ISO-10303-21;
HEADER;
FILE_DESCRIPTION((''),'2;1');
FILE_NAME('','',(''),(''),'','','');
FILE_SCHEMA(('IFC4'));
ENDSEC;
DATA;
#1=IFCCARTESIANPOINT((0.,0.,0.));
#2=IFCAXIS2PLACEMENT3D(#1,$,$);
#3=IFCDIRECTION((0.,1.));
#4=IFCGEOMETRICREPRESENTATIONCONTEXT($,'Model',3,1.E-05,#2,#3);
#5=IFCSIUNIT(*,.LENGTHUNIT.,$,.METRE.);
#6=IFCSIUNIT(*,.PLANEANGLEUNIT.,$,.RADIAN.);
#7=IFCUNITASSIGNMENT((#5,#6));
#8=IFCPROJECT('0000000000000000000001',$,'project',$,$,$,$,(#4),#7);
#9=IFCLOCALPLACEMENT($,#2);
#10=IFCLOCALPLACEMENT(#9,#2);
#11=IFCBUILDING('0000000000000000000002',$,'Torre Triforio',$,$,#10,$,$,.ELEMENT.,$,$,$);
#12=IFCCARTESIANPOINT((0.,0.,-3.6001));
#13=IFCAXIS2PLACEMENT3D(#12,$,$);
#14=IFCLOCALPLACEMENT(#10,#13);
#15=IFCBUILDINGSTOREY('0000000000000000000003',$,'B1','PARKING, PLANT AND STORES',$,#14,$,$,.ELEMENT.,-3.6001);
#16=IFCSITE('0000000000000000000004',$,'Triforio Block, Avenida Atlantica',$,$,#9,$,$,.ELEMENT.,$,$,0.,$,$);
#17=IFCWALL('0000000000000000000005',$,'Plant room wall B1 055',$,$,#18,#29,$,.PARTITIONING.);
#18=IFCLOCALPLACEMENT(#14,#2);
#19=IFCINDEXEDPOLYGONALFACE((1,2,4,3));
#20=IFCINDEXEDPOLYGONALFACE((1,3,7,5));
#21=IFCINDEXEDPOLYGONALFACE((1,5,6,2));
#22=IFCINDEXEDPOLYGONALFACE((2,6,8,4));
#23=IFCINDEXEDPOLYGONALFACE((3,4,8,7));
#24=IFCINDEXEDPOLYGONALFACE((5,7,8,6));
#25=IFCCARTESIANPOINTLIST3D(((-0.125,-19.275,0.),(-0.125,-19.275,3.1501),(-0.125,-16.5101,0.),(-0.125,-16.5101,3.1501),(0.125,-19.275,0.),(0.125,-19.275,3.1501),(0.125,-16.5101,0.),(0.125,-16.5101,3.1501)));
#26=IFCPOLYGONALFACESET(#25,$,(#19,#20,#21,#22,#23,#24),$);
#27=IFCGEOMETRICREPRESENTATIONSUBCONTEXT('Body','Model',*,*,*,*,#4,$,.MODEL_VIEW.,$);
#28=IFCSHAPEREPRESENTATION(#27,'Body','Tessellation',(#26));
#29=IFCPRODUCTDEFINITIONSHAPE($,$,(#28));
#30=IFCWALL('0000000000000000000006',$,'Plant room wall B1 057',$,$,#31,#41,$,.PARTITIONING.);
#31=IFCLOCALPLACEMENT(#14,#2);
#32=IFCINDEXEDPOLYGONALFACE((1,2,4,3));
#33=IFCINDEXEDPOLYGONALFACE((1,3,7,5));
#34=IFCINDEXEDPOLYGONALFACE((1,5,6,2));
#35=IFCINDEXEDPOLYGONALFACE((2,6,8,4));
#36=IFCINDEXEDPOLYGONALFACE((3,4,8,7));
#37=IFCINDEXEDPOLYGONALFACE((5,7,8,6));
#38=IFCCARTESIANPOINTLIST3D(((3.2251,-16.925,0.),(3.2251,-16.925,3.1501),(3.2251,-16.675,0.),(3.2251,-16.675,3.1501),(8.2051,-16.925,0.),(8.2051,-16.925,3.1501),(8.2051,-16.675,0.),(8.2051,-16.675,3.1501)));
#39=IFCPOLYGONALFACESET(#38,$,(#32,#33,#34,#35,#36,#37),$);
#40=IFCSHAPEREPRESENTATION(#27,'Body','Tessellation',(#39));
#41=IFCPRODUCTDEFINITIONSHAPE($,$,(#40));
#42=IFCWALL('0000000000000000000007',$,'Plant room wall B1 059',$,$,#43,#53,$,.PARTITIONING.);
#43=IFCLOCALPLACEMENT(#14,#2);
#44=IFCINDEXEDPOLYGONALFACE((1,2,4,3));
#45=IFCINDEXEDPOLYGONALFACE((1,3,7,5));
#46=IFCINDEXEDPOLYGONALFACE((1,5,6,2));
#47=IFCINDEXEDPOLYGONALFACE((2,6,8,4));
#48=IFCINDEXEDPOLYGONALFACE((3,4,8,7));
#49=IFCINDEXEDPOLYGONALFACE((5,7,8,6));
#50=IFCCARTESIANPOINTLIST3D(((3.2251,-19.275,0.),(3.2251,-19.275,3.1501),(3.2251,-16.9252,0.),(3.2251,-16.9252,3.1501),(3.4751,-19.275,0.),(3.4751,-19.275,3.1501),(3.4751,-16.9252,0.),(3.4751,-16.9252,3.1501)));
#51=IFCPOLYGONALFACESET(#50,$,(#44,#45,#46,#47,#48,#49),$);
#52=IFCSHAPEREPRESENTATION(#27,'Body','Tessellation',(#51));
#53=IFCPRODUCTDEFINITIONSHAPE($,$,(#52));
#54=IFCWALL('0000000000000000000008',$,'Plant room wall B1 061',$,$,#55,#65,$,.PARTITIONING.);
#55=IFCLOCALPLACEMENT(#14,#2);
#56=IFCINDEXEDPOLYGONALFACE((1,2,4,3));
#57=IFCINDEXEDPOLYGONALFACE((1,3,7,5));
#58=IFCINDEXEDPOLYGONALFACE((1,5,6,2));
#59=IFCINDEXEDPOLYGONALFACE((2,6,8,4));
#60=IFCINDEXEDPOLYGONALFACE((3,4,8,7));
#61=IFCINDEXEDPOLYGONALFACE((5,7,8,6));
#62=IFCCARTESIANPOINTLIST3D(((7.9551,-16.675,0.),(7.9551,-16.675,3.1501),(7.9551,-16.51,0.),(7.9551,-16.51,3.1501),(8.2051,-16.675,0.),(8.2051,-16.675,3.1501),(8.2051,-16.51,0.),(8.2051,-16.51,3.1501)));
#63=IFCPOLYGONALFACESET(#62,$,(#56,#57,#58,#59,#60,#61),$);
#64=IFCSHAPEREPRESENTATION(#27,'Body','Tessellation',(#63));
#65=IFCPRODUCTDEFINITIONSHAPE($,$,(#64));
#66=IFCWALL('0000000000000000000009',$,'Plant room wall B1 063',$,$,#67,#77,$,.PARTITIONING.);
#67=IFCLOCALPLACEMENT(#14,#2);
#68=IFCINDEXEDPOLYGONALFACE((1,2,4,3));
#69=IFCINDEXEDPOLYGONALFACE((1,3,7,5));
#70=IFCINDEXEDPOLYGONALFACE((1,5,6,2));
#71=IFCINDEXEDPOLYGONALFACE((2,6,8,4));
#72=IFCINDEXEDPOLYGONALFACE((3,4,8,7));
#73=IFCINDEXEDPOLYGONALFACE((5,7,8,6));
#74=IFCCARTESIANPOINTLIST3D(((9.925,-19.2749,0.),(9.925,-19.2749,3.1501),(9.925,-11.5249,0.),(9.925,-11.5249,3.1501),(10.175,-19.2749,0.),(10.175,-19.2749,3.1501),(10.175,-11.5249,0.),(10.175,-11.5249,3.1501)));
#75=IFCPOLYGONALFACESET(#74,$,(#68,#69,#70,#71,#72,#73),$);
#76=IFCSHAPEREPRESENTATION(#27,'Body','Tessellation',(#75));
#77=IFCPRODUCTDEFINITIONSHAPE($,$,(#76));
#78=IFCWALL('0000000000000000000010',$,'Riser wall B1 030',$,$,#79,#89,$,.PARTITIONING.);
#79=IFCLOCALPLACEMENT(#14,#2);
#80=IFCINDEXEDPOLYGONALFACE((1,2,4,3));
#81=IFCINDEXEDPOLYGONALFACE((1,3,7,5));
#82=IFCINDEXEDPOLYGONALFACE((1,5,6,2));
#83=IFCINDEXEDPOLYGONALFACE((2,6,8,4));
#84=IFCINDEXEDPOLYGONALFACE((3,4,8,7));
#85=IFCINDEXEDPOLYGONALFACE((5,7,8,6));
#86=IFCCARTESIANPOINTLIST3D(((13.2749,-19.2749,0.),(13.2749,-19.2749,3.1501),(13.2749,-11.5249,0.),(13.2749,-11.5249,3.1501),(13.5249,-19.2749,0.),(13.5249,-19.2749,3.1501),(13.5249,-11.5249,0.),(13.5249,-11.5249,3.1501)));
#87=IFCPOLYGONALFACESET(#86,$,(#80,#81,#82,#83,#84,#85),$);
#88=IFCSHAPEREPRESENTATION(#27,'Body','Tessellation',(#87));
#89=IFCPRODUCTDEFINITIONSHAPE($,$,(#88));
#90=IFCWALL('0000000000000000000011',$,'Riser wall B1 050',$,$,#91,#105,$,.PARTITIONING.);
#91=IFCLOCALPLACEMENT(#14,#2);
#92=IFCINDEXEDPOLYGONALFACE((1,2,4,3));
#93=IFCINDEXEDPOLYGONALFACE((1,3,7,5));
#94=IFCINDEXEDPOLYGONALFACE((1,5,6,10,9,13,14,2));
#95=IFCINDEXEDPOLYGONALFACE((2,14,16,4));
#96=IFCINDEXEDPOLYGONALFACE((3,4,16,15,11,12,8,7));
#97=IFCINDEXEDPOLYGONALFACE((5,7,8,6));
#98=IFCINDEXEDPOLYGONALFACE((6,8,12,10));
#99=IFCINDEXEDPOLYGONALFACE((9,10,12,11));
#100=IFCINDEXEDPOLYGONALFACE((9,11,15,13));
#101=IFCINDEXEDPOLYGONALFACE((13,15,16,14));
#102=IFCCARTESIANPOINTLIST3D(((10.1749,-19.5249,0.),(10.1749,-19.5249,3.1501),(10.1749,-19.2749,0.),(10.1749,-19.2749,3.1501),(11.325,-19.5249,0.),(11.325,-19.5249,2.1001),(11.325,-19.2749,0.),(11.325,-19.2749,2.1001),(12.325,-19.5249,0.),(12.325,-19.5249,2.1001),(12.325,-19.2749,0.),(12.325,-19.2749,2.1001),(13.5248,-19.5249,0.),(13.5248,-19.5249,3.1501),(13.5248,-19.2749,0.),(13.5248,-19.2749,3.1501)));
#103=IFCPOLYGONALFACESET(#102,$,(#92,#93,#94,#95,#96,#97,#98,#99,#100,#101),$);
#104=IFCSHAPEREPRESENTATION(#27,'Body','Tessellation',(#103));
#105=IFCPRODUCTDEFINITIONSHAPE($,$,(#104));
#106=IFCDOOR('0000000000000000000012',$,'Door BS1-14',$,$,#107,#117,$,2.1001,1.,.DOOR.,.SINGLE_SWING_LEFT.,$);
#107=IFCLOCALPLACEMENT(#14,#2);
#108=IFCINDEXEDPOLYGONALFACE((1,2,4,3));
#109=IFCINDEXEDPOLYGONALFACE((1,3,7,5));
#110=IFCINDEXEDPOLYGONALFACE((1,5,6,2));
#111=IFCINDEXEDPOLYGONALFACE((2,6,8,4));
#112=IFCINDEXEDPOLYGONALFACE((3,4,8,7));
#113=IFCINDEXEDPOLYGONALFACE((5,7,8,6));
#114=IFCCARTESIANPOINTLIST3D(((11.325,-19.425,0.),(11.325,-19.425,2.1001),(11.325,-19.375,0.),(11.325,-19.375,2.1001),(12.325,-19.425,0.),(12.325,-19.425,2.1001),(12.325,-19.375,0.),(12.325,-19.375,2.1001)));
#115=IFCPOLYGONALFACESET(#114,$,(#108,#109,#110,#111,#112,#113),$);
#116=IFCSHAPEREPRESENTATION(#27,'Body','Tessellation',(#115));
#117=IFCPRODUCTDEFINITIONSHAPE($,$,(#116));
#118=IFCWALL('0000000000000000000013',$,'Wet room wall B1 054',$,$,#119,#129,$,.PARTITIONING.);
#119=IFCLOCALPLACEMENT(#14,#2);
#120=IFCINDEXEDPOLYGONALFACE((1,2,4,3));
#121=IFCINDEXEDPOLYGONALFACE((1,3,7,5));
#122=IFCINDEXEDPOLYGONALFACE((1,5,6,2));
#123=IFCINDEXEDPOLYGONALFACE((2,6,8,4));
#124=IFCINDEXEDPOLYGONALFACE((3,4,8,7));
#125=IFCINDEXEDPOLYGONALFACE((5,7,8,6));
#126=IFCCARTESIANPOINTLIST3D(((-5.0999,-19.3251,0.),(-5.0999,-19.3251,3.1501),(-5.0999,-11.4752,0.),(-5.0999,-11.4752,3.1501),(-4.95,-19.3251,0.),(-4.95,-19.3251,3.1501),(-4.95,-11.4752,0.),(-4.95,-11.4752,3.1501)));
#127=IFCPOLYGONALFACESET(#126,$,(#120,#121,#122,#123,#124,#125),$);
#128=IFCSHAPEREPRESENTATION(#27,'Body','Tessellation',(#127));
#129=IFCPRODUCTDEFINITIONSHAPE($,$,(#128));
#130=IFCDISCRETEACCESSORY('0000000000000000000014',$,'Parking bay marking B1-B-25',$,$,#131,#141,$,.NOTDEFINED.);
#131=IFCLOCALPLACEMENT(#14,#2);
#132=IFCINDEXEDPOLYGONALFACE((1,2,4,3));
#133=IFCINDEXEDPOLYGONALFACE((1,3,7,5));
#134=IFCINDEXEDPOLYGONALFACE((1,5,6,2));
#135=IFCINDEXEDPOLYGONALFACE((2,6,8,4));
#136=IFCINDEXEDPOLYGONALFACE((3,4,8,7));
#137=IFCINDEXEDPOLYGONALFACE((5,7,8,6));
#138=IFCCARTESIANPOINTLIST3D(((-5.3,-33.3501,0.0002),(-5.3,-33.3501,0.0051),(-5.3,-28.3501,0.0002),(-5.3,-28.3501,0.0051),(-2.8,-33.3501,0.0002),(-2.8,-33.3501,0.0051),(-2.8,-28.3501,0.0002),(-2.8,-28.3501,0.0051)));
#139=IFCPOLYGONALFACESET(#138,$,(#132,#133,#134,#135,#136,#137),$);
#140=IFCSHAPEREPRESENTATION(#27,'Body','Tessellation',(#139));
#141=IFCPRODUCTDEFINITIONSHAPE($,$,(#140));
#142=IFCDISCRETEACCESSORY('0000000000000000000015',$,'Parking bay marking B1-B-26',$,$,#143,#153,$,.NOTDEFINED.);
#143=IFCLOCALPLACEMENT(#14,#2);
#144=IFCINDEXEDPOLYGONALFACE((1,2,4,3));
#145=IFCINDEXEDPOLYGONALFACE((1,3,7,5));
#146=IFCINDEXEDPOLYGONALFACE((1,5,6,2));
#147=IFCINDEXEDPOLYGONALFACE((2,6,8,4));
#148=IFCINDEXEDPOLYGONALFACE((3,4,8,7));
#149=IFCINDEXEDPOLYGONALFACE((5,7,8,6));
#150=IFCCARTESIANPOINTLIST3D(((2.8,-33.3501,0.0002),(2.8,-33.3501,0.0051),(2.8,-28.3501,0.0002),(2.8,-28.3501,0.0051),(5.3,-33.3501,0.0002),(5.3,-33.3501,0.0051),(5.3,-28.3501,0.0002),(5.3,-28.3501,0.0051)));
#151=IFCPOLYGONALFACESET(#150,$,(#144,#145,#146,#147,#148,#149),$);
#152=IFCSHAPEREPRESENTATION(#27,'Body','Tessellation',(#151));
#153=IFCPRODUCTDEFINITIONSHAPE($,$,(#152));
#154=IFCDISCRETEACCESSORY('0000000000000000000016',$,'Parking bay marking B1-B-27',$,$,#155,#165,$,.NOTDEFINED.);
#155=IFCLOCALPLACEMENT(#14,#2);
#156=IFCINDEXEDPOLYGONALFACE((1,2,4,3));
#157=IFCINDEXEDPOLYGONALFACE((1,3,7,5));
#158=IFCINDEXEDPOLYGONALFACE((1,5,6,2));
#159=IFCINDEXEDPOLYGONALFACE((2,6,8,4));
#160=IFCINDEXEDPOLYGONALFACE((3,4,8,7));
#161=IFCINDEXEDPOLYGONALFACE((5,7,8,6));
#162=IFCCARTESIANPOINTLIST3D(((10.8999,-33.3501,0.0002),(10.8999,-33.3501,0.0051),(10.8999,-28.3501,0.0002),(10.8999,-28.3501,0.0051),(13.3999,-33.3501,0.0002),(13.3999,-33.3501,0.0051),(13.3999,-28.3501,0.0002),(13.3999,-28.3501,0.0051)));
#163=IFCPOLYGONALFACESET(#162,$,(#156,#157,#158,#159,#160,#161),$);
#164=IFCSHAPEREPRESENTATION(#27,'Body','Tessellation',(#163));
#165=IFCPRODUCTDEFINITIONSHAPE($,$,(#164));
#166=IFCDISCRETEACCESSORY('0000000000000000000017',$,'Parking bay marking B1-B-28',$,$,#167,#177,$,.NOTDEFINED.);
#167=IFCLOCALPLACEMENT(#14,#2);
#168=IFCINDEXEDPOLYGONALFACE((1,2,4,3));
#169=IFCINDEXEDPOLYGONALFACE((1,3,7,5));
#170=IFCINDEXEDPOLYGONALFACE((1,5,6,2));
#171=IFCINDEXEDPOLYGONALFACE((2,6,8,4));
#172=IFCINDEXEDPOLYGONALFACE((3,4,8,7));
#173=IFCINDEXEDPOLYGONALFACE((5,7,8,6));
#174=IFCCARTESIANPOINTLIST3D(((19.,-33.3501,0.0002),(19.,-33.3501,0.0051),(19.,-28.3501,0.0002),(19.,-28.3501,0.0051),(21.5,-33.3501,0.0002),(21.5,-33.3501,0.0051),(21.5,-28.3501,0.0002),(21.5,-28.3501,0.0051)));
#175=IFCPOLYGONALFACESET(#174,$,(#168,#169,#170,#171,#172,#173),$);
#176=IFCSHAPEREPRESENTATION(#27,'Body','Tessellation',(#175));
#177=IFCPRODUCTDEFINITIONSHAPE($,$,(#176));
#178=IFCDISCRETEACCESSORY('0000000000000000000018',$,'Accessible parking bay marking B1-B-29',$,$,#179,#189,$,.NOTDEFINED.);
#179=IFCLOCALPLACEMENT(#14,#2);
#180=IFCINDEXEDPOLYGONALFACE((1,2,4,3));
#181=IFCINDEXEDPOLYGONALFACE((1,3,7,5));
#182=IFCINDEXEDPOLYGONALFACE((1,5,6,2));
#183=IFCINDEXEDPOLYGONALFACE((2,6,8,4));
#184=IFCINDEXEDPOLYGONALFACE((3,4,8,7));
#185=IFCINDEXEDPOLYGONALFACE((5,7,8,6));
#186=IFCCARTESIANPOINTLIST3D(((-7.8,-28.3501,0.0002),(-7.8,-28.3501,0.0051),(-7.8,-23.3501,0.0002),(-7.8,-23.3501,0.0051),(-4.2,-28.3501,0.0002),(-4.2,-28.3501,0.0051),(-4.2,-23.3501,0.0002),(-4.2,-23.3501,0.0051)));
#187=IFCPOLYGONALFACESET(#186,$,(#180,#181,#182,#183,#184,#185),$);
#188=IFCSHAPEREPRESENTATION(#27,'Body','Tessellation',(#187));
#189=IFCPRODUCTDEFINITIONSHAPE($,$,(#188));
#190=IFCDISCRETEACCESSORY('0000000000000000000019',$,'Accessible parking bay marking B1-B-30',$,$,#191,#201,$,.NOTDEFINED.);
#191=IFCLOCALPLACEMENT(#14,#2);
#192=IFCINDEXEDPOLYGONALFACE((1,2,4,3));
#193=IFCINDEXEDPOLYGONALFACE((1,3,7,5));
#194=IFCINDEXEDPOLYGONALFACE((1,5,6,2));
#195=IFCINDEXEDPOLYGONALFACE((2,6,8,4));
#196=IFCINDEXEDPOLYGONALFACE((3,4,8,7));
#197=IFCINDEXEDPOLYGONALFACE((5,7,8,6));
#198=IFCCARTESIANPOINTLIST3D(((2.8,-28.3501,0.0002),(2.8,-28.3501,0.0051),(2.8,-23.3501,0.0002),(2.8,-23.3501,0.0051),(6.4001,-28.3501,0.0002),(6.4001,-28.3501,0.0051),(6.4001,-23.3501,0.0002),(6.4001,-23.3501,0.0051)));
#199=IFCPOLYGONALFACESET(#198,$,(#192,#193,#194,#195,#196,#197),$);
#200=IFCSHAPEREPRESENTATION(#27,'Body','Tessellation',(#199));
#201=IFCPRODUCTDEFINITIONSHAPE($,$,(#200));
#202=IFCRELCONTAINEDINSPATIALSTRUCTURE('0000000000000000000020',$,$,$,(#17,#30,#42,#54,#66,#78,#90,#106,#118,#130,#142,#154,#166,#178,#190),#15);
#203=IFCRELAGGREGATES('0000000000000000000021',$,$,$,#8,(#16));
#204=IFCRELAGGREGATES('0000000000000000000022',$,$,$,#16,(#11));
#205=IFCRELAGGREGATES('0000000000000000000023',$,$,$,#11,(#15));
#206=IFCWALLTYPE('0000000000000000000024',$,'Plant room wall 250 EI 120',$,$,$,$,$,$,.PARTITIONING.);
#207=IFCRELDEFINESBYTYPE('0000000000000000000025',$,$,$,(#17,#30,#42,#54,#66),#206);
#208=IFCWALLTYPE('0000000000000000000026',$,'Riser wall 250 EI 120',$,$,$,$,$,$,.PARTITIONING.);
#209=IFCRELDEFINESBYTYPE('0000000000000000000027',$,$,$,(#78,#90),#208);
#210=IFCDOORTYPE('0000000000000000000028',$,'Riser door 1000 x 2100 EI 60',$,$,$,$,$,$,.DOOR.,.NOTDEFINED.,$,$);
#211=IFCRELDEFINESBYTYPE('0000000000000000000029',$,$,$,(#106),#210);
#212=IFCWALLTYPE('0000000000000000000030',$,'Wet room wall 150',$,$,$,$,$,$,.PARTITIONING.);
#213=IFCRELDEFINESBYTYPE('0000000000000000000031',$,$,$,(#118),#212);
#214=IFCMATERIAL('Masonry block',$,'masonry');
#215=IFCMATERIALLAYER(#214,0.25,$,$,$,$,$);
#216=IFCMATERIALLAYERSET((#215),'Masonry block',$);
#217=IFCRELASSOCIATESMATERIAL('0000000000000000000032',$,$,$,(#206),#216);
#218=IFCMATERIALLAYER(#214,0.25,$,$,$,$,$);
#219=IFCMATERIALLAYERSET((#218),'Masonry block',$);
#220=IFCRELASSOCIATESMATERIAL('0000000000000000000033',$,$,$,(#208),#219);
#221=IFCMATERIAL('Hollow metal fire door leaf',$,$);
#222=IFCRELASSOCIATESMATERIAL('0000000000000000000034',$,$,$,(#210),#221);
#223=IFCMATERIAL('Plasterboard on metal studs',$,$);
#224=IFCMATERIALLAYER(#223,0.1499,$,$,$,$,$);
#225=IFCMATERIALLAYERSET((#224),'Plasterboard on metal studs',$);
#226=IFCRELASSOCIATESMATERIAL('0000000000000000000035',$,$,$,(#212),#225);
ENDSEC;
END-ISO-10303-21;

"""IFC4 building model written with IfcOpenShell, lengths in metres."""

from ifc_helpers import new_model, si_unit, direction, frame, frame_2d, origin, origin_2d, place, context, subcontext, project, spatial, rectangle, extrude, material, layer, layer_set, type_object, element, fill, save


model = new_model("IFC4")

# Units and contexts
model_context = context("Model", 3, precision=1e-05, world=origin(), true_north=direction((0.0, 1.0)))
body_context = subcontext(model_context, "Body", "Model", "MODEL_VIEW")
ifc_project = project(units=[si_unit("LENGTHUNIT", "METRE"), si_unit("PLANEANGLEUNIT", "RADIAN")], contexts=[model_context])

# Site, building, storey
site_placement = place(None, origin())
site = spatial("IfcSite", under=ifc_project, at=site_placement, Name="Triforio Block, Avenida Atlantica", CompositionType="ELEMENT", RefElevation=0.0)
building_placement = place(site_placement, origin())
building = spatial("IfcBuilding", under=site, at=building_placement, Name="Torre Triforio", CompositionType="ELEMENT")
storey_placement = place(building_placement, frame((0.0, 0.0, -3.6001)))
storey = spatial("IfcBuildingStorey", under=building, at=storey_placement, Name="B1", Description="PARKING, PLANT AND STORES", CompositionType="ELEMENT", Elevation=-3.6001)

# Shared definitions
ifc_material_1 = material(Name="Plasterboard on metal studs")

# Shared definitions
ifc_material_2 = material(Name="Masonry block", Category="masonry")
ifc_layer_1 = layer(ifc_material_2, 0.25)
ifc_layer_set_1 = layer_set([ifc_layer_1], Name="Masonry block")
wall_type_1 = type_object("IfcWallType", Name="Plant room wall 250 EI 120", PredefinedType="PARTITIONING", material=ifc_layer_set_1)
ifc_material_3 = material(Name="Hollow metal fire door leaf")

# Walls
wall_1_placement = place(storey_placement, frame((0.0, -19.2749, 0.0), z_axis=(0.0, 0.0, 1.0), x_axis=(0.0, 1.0, 0.0)))
element("IfcWall", 1, at=wall_1_placement, inside=storey, type_object=wall_type_1, Name="Plant room wall B1 055", PredefinedType="PARTITIONING", context=body_context, shape_type="SweptSolid", body=[
    extrude(rectangle(XDim=2.7649, YDim=0.25, at=frame_2d((1.3823, 0.0))), origin(), (0.0, 0.0, 1.0), 3.1501),
])
wall_2_placement = place(storey_placement, frame((3.2251, -16.8, 0.0), z_axis=(0.0, 0.0, 1.0), x_axis=(1.0, 0.0, 0.0)))
element("IfcWall", 2, at=wall_2_placement, inside=storey, type_object=wall_type_1, Name="Plant room wall B1 057", PredefinedType="PARTITIONING", context=body_context, shape_type="SweptSolid", body=[
    extrude(rectangle(XDim=4.98, YDim=0.25, at=frame_2d((2.49, 0.0))), origin(), (0.0, 0.0, 1.0), 3.1501),
])
wall_3_placement = place(storey_placement, frame((3.3501, -19.2749, 0.0), z_axis=(0.0, 0.0, 1.0), x_axis=(0.0, 1.0, 0.0)))
element("IfcWall", 3, at=wall_3_placement, inside=storey, type_object=wall_type_1, Name="Plant room wall B1 059", PredefinedType="PARTITIONING", context=body_context, shape_type="SweptSolid", body=[
    extrude(rectangle(XDim=2.3499, YDim=0.25, at=frame_2d((1.1748, 0.0))), origin(), (0.0, 0.0, 1.0), 3.1501),
])
wall_4_placement = place(storey_placement, frame((8.0801, -16.675, 0.0), z_axis=(0.0, 0.0, 1.0), x_axis=(0.0, 1.0, 0.0)))
element("IfcWall", 4, at=wall_4_placement, inside=storey, type_object=wall_type_1, Name="Plant room wall B1 061", PredefinedType="PARTITIONING", context=body_context, shape_type="SweptSolid", body=[
    extrude(rectangle(XDim=0.165, YDim=0.25, at=frame_2d((0.0825, 0.0))), origin(), (0.0, 0.0, 1.0), 3.1501),
])
wall_5_placement = place(storey_placement, frame((10.05, -19.2749, 0.0), z_axis=(0.0, 0.0, 1.0), x_axis=(0.0, 1.0, 0.0)))
element("IfcWall", 5, at=wall_5_placement, inside=storey, type_object=wall_type_1, Name="Plant room wall B1 063", PredefinedType="PARTITIONING", context=body_context, shape_type="SweptSolid", body=[
    extrude(rectangle(XDim=7.75, YDim=0.25, at=frame_2d((3.875, 0.0))), origin(), (0.0, 0.0, 1.0), 3.1501),
])
ifc_layer_2 = layer(ifc_material_2, 0.25)
ifc_layer_set_2 = layer_set([ifc_layer_2], Name="Masonry block")
wall_type_2 = type_object("IfcWallType", Name="Riser wall 250 EI 120", PredefinedType="PARTITIONING", material=ifc_layer_set_2)
wall_6_placement = place(storey_placement, frame((13.3999, -19.2749, 0.0), z_axis=(0.0, 0.0, 1.0), x_axis=(0.0, 1.0, 0.0)))
element("IfcWall", 6, at=wall_6_placement, inside=storey, type_object=wall_type_2, Name="Riser wall B1 030", PredefinedType="PARTITIONING", context=body_context, shape_type="SweptSolid", body=[
    extrude(rectangle(XDim=7.75, YDim=0.25, at=frame_2d((3.875, 0.0))), origin(), (0.0, 0.0, 1.0), 3.1501),
])

# Wall, opening, door
wall_7_placement = place(storey_placement, frame((10.175, -19.3999, 0.0), z_axis=(0.0, 0.0, 1.0), x_axis=(1.0, 0.0, 0.0)))
wall_7 = element("IfcWall", 7, at=wall_7_placement, inside=storey, type_object=wall_type_2, Name="Riser wall B1 050", PredefinedType="PARTITIONING", context=body_context, shape_type="SweptSolid", body=[
    extrude(rectangle(XDim=3.3499, YDim=0.25, at=frame_2d((1.6748, 0.0))), origin(), (0.0, 0.0, 1.0), 3.1501),
])
opening_1_placement = place(wall_7_placement, frame((1.1499, 0.0, 0.0)))
opening_1 = element("IfcOpeningElement", 8, at=opening_1_placement, cuts=wall_7, PredefinedType="OPENING", context=body_context, shape_type="SweptSolid", body=[
    extrude(rectangle(XDim=1.0, YDim=2.1001, at=frame_2d((0.5, 1.05))), frame((0.0, 0.135, 0.0), z_axis=(0.0, -1.0, 0.0), x_axis=(1.0, 0.0, 0.0)), (0.0, 0.0, 1.0), 0.27),
])
door_type_1 = type_object("IfcDoorType", Name="Riser door 1000 x 2100 EI 60", OperationType="NOTDEFINED", PredefinedType="DOOR", material=ifc_material_3)
door_1_placement = place(opening_1_placement, origin())
door_1 = element("IfcDoor", 9, at=door_1_placement, inside=storey, type_object=door_type_1, Name="Door BS1-14", OperationType="SINGLE_SWING_LEFT", OverallHeight=2.1001, OverallWidth=1.0, PredefinedType="DOOR", context=body_context, shape_type="SweptSolid", body=[
    extrude(rectangle(XDim=1.0, YDim=2.1001, at=frame_2d((0.5, 1.05))), frame((0.0, 0.0249, 0.0), z_axis=(0.0, -1.0, 0.0), x_axis=(1.0, 0.0, 0.0)), (0.0, 0.0, 1.0), 0.05),
])
fill(opening_1, door_1)

# Wall
ifc_layer_3 = layer(ifc_material_1, 0.1499)
ifc_layer_set_3 = layer_set([ifc_layer_3], Name="Plasterboard on metal studs")
wall_type_3 = type_object("IfcWallType", Name="Wet room wall 150", PredefinedType="PARTITIONING", material=ifc_layer_set_3)
wall_8_placement = place(storey_placement, frame((-5.0249, -19.325, 0.0), z_axis=(0.0, 0.0, 1.0), x_axis=(0.0, 1.0, 0.0)))
element("IfcWall", 10, at=wall_8_placement, inside=storey, type_object=wall_type_3, Name="Wet room wall B1 054", PredefinedType="PARTITIONING", context=body_context, shape_type="SweptSolid", body=[
    extrude(rectangle(XDim=7.8499, YDim=0.1499, at=frame_2d((3.9248, 0.0))), origin(), (0.0, 0.0, 1.0), 3.1501),
])

# Discrete accessories
for number, where, z_axis, x_axis, name in (
    (11, (-4.05, -30.8501, 0.0002), (0.0, 0.0, 1.0), (1.0, 0.0, 0.0), "Parking bay marking B1-B-25"),
    (12, (4.05, -30.8501, 0.0002), (0.0, 0.0, 1.0), (1.0, 0.0, 0.0), "Parking bay marking B1-B-26"),
    (13, (12.1499, -30.8501, 0.0002), (0.0, 0.0, 1.0), (1.0, 0.0, 0.0), "Parking bay marking B1-B-27"),
    (14, (20.25, -30.8501, 0.0002), (0.0, 0.0, 1.0), (1.0, 0.0, 0.0), "Parking bay marking B1-B-28"),
):
    element("IfcDiscreteAccessory", number, at=place(storey_placement, frame(where, z_axis=z_axis, x_axis=x_axis)), inside=storey, Name=name, PredefinedType="NOTDEFINED", context=body_context, shape_type="SweptSolid", body=[
        extrude(rectangle(XDim=2.5, YDim=5.0, at=origin_2d()), origin(), (0.0, 0.0, 1.0), 0.0049),
    ])
for number, where, z_axis, x_axis, name in (
    (15, (-6.0, -25.8501, 0.0002), (0.0, 0.0, 1.0), (1.0, 0.0, 0.0), "Accessible parking bay marking B1-B-29"),
    (16, (4.6001, -25.8501, 0.0002), (0.0, 0.0, 1.0), (1.0, 0.0, 0.0), "Accessible parking bay marking B1-B-30"),
):
    element("IfcDiscreteAccessory", number, at=place(storey_placement, frame(where, z_axis=z_axis, x_axis=x_axis)), inside=storey, Name=name, PredefinedType="NOTDEFINED", context=body_context, shape_type="SweptSolid", body=[
        extrude(rectangle(XDim=3.6001, YDim=5.0, at=origin_2d()), origin(), (0.0, 0.0, 1.0), 0.0049),
    ])

save(model, "model.ifc")
